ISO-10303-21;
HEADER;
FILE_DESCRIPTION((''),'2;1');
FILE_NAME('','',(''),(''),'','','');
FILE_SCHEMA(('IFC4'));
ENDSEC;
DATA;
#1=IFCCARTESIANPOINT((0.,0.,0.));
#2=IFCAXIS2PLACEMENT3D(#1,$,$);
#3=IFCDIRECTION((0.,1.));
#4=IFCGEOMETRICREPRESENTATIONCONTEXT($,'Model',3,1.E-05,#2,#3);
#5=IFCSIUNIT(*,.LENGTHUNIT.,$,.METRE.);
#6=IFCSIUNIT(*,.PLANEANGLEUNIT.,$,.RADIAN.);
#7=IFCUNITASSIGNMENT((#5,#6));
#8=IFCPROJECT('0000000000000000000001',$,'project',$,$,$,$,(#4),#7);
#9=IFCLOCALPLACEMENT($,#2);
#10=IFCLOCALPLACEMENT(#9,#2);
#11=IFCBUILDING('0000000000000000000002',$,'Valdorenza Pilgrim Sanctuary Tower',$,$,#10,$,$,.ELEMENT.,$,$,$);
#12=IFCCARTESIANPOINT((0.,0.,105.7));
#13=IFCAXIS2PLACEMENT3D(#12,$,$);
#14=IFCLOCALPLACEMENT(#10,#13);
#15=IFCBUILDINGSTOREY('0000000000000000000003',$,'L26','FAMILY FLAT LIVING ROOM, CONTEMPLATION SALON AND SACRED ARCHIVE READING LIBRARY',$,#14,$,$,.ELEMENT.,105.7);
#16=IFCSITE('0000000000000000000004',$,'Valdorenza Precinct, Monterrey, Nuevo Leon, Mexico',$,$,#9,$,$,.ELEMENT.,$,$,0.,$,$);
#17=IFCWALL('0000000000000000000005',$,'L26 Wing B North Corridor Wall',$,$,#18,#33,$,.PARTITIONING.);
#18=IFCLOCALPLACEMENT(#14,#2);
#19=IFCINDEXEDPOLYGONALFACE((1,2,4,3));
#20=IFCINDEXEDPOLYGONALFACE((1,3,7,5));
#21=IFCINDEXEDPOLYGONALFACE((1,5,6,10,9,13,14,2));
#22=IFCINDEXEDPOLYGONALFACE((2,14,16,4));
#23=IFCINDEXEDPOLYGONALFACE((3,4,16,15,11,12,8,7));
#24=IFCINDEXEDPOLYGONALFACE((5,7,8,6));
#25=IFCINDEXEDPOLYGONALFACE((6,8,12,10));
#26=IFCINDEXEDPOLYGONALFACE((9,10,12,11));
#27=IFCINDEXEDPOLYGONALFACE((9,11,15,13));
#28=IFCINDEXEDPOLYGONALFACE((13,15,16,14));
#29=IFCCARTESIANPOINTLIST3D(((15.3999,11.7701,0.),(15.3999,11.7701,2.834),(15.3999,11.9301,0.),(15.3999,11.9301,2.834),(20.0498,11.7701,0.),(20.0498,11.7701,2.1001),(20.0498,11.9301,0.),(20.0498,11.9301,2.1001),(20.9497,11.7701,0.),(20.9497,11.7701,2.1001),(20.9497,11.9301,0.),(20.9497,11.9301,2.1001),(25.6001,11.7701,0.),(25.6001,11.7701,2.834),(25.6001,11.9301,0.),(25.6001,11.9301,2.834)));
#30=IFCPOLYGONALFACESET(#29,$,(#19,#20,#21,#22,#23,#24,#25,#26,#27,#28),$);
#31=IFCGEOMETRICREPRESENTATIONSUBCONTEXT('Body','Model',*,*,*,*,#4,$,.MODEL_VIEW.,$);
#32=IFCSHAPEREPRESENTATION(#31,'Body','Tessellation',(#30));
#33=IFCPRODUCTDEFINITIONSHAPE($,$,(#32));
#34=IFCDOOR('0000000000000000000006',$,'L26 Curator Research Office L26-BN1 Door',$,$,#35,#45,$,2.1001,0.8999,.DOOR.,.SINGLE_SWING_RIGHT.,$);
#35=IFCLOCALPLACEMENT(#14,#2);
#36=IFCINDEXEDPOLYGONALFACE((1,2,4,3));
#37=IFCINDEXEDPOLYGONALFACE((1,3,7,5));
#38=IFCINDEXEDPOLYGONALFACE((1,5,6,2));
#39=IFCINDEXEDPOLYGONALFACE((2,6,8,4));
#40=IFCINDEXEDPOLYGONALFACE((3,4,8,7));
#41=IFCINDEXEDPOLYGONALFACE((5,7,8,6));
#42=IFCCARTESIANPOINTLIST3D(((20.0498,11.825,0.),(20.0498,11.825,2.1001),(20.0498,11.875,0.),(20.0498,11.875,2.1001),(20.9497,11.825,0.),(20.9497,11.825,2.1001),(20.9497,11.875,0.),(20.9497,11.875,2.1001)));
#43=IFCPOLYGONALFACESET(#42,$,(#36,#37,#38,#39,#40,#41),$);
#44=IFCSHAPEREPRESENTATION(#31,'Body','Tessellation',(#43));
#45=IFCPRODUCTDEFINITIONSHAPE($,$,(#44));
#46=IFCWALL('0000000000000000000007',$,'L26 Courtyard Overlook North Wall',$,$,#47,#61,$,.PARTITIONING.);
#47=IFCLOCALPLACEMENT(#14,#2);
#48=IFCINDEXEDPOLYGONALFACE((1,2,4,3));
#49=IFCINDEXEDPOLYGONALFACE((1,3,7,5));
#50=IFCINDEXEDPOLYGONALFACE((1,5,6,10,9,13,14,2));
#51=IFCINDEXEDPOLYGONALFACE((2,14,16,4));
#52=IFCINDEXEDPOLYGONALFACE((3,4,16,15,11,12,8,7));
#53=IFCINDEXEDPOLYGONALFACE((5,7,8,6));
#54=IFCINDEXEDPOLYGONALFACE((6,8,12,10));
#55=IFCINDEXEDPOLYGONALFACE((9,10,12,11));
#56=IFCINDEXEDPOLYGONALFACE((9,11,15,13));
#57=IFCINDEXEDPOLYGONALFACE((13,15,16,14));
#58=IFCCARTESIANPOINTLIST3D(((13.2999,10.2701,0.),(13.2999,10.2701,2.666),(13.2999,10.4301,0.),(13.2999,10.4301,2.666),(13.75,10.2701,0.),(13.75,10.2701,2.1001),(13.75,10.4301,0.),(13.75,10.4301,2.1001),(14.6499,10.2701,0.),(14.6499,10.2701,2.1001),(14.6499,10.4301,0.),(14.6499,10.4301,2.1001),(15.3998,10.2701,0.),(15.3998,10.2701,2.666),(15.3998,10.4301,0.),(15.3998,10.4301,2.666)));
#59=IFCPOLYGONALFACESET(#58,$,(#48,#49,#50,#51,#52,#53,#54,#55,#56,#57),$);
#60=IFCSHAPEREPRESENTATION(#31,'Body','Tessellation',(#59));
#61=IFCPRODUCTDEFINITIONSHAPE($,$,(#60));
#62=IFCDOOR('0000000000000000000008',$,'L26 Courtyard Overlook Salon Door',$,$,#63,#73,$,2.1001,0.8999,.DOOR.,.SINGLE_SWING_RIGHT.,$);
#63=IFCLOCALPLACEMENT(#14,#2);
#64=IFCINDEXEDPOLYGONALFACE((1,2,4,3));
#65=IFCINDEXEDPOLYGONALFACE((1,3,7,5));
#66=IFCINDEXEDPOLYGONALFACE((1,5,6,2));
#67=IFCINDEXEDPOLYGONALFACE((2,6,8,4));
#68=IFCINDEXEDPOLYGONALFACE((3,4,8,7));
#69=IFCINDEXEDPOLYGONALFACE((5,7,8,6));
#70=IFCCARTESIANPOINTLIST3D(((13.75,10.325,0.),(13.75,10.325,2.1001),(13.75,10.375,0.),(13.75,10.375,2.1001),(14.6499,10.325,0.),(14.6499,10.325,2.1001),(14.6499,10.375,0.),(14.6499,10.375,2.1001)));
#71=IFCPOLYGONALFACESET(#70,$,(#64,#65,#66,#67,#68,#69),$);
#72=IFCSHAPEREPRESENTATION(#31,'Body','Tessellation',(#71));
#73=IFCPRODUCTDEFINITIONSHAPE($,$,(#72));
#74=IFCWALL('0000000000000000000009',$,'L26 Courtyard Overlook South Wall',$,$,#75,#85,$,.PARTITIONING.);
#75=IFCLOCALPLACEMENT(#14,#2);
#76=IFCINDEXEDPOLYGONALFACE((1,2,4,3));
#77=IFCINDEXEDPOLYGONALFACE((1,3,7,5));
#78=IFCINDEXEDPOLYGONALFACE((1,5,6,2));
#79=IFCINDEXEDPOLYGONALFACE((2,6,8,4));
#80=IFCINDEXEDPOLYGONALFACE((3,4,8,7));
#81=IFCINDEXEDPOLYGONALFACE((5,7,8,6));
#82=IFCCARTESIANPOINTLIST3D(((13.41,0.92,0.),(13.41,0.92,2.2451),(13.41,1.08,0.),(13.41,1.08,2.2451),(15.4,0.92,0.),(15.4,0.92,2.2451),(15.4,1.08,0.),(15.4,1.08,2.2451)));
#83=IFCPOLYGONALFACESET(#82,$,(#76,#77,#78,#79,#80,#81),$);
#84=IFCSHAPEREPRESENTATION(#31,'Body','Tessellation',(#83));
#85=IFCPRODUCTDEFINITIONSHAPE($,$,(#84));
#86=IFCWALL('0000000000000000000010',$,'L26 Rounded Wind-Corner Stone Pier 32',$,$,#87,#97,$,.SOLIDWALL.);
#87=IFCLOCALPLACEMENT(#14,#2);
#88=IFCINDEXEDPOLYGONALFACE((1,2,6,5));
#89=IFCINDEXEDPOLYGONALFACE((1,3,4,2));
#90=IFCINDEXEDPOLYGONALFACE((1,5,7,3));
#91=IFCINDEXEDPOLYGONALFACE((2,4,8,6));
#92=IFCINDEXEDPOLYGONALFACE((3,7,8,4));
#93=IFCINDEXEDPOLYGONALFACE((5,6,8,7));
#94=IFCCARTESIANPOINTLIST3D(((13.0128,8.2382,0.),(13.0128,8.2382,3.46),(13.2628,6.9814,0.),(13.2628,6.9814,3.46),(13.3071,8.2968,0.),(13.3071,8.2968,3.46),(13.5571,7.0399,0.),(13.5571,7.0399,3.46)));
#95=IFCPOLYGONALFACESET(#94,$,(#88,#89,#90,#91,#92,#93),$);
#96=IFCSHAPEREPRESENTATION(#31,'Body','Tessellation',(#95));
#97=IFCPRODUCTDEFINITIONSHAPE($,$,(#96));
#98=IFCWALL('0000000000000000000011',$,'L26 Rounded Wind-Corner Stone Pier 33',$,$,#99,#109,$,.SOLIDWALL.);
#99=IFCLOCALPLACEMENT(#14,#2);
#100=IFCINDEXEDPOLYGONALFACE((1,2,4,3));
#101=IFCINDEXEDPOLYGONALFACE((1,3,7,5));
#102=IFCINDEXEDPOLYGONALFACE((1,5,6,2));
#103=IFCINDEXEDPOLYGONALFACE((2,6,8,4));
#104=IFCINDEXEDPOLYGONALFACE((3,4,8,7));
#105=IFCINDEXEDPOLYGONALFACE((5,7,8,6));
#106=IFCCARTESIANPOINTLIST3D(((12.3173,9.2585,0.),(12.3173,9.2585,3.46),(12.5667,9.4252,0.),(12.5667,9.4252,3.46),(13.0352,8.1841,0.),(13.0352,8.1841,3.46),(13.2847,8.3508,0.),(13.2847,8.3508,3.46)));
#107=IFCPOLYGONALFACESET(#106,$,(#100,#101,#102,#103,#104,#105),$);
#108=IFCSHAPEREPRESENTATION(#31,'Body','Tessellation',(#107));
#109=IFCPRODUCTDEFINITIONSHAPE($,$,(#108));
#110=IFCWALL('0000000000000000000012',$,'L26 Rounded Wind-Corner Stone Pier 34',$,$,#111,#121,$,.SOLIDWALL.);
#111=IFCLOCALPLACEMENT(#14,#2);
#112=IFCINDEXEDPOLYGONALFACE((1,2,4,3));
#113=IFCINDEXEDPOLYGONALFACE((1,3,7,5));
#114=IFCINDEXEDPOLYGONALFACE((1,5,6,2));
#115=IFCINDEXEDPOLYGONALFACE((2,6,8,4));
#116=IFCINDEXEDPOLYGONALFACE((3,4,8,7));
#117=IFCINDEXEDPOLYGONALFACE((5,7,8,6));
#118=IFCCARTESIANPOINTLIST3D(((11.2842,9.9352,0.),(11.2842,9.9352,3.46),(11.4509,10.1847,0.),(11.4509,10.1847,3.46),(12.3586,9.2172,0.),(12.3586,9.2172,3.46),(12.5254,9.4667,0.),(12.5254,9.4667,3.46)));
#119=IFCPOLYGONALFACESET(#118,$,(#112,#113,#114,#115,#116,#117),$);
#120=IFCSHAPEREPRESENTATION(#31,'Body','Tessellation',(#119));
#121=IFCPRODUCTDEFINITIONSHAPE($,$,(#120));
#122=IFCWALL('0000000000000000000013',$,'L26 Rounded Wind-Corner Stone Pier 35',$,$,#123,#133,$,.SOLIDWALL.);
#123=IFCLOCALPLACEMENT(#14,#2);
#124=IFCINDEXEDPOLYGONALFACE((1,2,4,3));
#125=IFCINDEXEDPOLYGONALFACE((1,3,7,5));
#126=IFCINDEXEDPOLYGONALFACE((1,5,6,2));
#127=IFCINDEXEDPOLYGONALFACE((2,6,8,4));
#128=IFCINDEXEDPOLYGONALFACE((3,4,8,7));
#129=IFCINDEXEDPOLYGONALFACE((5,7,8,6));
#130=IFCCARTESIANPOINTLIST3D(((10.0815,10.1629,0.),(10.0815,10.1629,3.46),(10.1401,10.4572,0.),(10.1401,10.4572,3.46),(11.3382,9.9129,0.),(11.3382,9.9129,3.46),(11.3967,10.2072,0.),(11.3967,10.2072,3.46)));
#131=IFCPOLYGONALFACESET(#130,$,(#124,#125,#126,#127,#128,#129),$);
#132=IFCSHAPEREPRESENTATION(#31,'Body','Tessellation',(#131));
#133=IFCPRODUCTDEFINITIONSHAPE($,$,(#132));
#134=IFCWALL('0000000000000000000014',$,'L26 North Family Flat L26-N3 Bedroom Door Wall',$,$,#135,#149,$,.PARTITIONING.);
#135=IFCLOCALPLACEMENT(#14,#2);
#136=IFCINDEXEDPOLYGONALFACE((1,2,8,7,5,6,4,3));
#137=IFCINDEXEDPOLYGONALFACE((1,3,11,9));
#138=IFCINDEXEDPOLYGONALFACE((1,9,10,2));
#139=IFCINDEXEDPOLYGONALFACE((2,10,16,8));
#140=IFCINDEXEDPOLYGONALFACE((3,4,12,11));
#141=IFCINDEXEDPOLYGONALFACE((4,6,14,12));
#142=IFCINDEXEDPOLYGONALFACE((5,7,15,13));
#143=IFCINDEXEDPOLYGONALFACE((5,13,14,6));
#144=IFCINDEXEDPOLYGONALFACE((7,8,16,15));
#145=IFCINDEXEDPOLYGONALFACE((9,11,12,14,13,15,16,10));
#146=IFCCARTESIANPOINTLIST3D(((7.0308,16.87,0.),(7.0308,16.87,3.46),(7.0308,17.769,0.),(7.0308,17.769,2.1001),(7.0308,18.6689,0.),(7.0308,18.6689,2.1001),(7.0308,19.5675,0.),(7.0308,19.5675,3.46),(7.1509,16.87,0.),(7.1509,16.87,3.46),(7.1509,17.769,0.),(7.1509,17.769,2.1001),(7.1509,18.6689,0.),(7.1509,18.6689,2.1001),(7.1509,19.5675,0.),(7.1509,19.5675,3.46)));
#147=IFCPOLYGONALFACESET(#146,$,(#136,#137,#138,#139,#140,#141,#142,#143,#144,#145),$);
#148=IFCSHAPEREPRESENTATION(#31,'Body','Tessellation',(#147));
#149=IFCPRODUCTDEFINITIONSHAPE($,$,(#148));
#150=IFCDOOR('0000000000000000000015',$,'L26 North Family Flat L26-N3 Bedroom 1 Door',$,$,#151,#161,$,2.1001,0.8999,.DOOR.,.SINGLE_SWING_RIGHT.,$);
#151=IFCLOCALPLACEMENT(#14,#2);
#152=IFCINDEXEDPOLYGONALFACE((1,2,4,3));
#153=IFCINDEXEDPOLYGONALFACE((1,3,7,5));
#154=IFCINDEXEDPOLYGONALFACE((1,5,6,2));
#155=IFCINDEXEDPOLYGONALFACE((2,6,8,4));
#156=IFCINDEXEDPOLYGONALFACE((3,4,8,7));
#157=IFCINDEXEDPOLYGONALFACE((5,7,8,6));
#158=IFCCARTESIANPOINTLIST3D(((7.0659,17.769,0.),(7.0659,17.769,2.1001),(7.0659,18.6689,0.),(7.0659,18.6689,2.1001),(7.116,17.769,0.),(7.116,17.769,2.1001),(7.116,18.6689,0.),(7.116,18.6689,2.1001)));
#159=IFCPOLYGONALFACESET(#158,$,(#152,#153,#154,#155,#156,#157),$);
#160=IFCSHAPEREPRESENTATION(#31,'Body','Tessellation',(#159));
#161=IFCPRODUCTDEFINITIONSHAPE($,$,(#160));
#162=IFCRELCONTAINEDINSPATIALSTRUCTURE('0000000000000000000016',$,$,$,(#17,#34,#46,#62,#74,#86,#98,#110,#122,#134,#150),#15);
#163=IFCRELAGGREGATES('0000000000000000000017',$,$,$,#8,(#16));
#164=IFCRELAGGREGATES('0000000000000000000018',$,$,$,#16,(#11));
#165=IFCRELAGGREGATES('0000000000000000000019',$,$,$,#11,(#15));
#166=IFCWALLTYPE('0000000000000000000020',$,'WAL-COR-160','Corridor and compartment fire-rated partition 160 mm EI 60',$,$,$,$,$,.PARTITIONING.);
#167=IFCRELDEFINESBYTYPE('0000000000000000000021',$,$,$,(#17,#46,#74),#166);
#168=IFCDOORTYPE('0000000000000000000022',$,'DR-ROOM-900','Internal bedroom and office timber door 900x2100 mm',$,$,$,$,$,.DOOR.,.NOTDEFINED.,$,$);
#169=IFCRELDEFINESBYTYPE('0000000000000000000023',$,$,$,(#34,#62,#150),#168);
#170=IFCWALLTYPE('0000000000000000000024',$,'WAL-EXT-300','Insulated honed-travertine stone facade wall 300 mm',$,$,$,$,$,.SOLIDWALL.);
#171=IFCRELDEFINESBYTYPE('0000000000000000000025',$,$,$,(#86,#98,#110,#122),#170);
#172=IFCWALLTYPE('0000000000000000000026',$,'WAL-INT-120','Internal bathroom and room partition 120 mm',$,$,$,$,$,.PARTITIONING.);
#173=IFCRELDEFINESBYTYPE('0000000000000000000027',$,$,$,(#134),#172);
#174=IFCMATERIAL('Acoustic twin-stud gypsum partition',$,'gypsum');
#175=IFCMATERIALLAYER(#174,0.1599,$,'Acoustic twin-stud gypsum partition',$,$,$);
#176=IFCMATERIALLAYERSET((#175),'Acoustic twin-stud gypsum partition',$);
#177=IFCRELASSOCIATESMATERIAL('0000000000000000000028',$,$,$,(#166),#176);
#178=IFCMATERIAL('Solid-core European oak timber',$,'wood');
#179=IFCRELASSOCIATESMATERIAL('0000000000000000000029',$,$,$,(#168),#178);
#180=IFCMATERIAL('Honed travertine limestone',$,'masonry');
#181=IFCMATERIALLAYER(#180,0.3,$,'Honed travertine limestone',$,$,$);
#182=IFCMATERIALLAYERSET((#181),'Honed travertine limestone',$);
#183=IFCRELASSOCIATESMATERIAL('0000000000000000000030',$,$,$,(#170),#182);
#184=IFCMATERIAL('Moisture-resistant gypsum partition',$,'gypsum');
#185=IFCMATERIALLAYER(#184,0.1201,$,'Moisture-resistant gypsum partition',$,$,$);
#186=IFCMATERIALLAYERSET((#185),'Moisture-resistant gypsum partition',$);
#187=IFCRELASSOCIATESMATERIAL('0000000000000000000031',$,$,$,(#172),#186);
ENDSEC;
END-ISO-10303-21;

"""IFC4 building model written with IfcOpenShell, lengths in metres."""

from ifc_helpers import new_model, si_unit, direction, frame, frame_2d, origin, place, context, subcontext, project, spatial, rectangle, extrude, material, layer, layer_set, type_object, element, fill, save


model = new_model("IFC4")

# Units and contexts
model_context = context("Model", 3, precision=1e-05, world=origin(), true_north=direction((0.0, 1.0)))
body_context = subcontext(model_context, "Body", "Model", "MODEL_VIEW")
ifc_project = project(units=[si_unit("LENGTHUNIT", "METRE"), si_unit("PLANEANGLEUNIT", "RADIAN")], contexts=[model_context])

# Site, building, storey
site_placement = place(None, origin())
site = spatial("IfcSite", under=ifc_project, at=site_placement, Name="Valdorenza Precinct, Monterrey, Nuevo Leon, Mexico", CompositionType="ELEMENT", RefElevation=0.0)
building_placement = place(site_placement, origin())
building = spatial("IfcBuilding", under=site, at=building_placement, Name="Valdorenza Pilgrim Sanctuary Tower", CompositionType="ELEMENT")
storey_placement = place(building_placement, frame((0.0, 0.0, 105.7)))
storey = spatial("IfcBuildingStorey", under=building, at=storey_placement, Name="L26", Description="FAMILY FLAT LIVING ROOM, CONTEMPLATION SALON AND SACRED ARCHIVE READING LIBRARY", CompositionType="ELEMENT", Elevation=105.7)

# Shared definitions
ifc_material_1 = material(Name="Honed travertine limestone", Category="masonry")

# Shared definitions
ifc_material_2 = material(Name="Acoustic twin-stud gypsum partition", Category="gypsum")
ifc_layer_1 = layer(ifc_material_2, 0.1599, Name="Acoustic twin-stud gypsum partition")
ifc_layer_set_1 = layer_set([ifc_layer_1], Name="Acoustic twin-stud gypsum partition")
wall_type_1 = type_object("IfcWallType", Name="WAL-COR-160", Description="Corridor and compartment fire-rated partition 160 mm EI 60", PredefinedType="PARTITIONING", material=ifc_layer_set_1)

# Walls, openings, doors
wall_1_placement = place(storey_placement, frame((15.3999, 11.8501, 0.0), z_axis=(0.0, 0.0, 1.0), x_axis=(1.0, 0.0, 0.0)))
wall_1 = element("IfcWall", 1, at=wall_1_placement, inside=storey, type_object=wall_type_1, Name="L26 Wing B North Corridor Wall", PredefinedType="PARTITIONING", context=body_context, shape_type="SweptSolid", body=[
    extrude(rectangle(XDim=10.2002, YDim=0.1599, at=frame_2d((5.1001, 0.0))), origin(), (0.0, 0.0, 1.0), 2.834),
])
opening_1_placement = place(wall_1_placement, frame((4.6499, 0.0, 0.0)))
opening_1 = element("IfcOpeningElement", 2, at=opening_1_placement, cuts=wall_1, PredefinedType="OPENING", context=body_context, shape_type="SweptSolid", body=[
    extrude(rectangle(XDim=0.8999, YDim=2.1001, at=frame_2d((0.45, 1.05))), frame((0.0, 0.0947, 0.0), z_axis=(0.0, -1.0, 0.0), x_axis=(1.0, 0.0, 0.0)), (0.0, 0.0, 1.0), 0.1897),
])
ifc_material_3 = material(Name="Solid-core European oak timber", Category="wood")
door_type = type_object("IfcDoorType", Name="DR-ROOM-900", Description="Internal bedroom and office timber door 900x2100 mm", OperationType="NOTDEFINED", PredefinedType="DOOR", material=ifc_material_3)
door_1_placement = place(opening_1_placement, origin())
door_1 = element("IfcDoor", 3, at=door_1_placement, inside=storey, type_object=door_type, Name="L26 Curator Research Office L26-BN1 Door", OperationType="SINGLE_SWING_RIGHT", OverallHeight=2.1001, OverallWidth=0.8999, PredefinedType="DOOR", context=body_context, shape_type="SweptSolid", body=[
    extrude(rectangle(XDim=0.8999, YDim=2.1001, at=frame_2d((0.45, 1.05))), frame((0.0, 0.0249, 0.0), z_axis=(0.0, -1.0, 0.0), x_axis=(1.0, 0.0, 0.0)), (0.0, 0.0, 1.0), 0.05),
])
fill(opening_1, door_1)
wall_2_placement = place(storey_placement, frame((13.3, 10.3501, 0.0), z_axis=(0.0, 0.0, 1.0), x_axis=(1.0, 0.0, 0.0)))
wall_2 = element("IfcWall", 4, at=wall_2_placement, inside=storey, type_object=wall_type_1, Name="L26 Courtyard Overlook North Wall", PredefinedType="PARTITIONING", context=body_context, shape_type="SweptSolid", body=[
    extrude(rectangle(XDim=2.0999, YDim=0.1599, at=frame_2d((1.0498, 0.0))), origin(), (0.0, 0.0, 1.0), 2.666),
])
opening_2_placement = place(wall_2_placement, frame((0.45, 0.0, 0.0)))
opening_2 = element("IfcOpeningElement", 5, at=opening_2_placement, cuts=wall_2, PredefinedType="OPENING", context=body_context, shape_type="SweptSolid", body=[
    extrude(rectangle(XDim=0.8999, YDim=2.1001, at=frame_2d((0.45, 1.05))), frame((0.0, 0.0947, 0.0), z_axis=(0.0, -1.0, 0.0), x_axis=(1.0, 0.0, 0.0)), (0.0, 0.0, 1.0), 0.1897),
])
door_2_placement = place(opening_2_placement, origin())
door_2 = element("IfcDoor", 6, at=door_2_placement, inside=storey, type_object=door_type, Name="L26 Courtyard Overlook Salon Door", OperationType="SINGLE_SWING_RIGHT", OverallHeight=2.1001, OverallWidth=0.8999, PredefinedType="DOOR", context=body_context, shape_type="SweptSolid", body=[
    extrude(rectangle(XDim=0.8999, YDim=2.1001, at=frame_2d((0.45, 1.05))), frame((0.0, 0.0249, 0.0), z_axis=(0.0, -1.0, 0.0), x_axis=(1.0, 0.0, 0.0)), (0.0, 0.0, 1.0), 0.05),
])
fill(opening_2, door_2)

# Walls
wall_3_placement = place(storey_placement, frame((13.4099, 1.0, 0.0), z_axis=(0.0, 0.0, 1.0), x_axis=(1.0, 0.0, 0.0)))
element("IfcWall", 7, at=wall_3_placement, inside=storey, type_object=wall_type_1, Name="L26 Courtyard Overlook South Wall", PredefinedType="PARTITIONING", context=body_context, shape_type="SweptSolid", body=[
    extrude(rectangle(XDim=1.99, YDim=0.1599, at=frame_2d((0.9951, 0.0))), origin(), (0.0, 0.0, 1.0), 2.2451),
])
ifc_layer_2 = layer(ifc_material_1, 0.3, Name="Honed travertine limestone")
ifc_layer_set_2 = layer_set([ifc_layer_2], Name="Honed travertine limestone")
wall_type_2 = type_object("IfcWallType", Name="WAL-EXT-300", Description="Insulated honed-travertine stone facade wall 300 mm", PredefinedType="SOLIDWALL", material=ifc_layer_set_2)
wall_4_placement = place(storey_placement, frame((13.4099, 7.0107, 0.0), z_axis=(0.0, 0.0, 1.0), x_axis=(-0.19509, 0.980785, 0.0)))
element("IfcWall", 8, at=wall_4_placement, inside=storey, type_object=wall_type_2, Name="L26 Rounded Wind-Corner Stone Pier 32", PredefinedType="SOLIDWALL", context=body_context, shape_type="SweptSolid", body=[
    extrude(rectangle(XDim=1.2815, YDim=0.3, at=frame_2d((0.6406, 0.0))), origin(), (0.0, 0.0, 1.0), 3.46),
])
for number, where, z_axis, x_axis, name in (
    (9, (13.1599, 8.2676, 0.0), (0.0, 0.0, 1.0), (-0.555615, 0.831439, 0.0), "L26 Rounded Wind-Corner Stone Pier 33"),
    (10, (12.4419, 9.342, 0.0), (0.0, 0.0, 1.0), (-0.831439, 0.555615, 0.0), "L26 Rounded Wind-Corner Stone Pier 34"),
):
    element("IfcWall", number, at=place(storey_placement, frame(where, z_axis=z_axis, x_axis=x_axis)), inside=storey, type_object=wall_type_2, Name=name, PredefinedType="SOLIDWALL", context=body_context, shape_type="SweptSolid", body=[
        extrude(rectangle(XDim=1.2922, YDim=0.3, at=frame_2d((0.646, 0.0))), origin(), (0.0, 0.0, 1.0), 3.46),
    ])
wall_5_placement = place(storey_placement, frame((11.3674, 10.0601, 0.0), z_axis=(0.0, 0.0, 1.0), x_axis=(-0.980778, 0.195127, 0.0)))
element("IfcWall", 11, at=wall_5_placement, inside=storey, type_object=wall_type_2, Name="L26 Rounded Wind-Corner Stone Pier 35", PredefinedType="SOLIDWALL", context=body_context, shape_type="SweptSolid", body=[
    extrude(rectangle(XDim=1.2812, YDim=0.3, at=frame_2d((0.6406, 0.0))), origin(), (0.0, 0.0, 1.0), 3.46),
])

# Wall, opening, door
ifc_material_4 = material(Name="Moisture-resistant gypsum partition", Category="gypsum")
ifc_layer_3 = layer(ifc_material_4, 0.1201, Name="Moisture-resistant gypsum partition")
ifc_layer_set_3 = layer_set([ifc_layer_3], Name="Moisture-resistant gypsum partition")
wall_type_3 = type_object("IfcWallType", Name="WAL-INT-120", Description="Internal bathroom and room partition 120 mm", PredefinedType="PARTITIONING", material=ifc_layer_set_3)
wall_6_placement = place(storey_placement, frame((7.0908, 16.8701, 0.0), z_axis=(0.0, 0.0, 1.0), x_axis=(0.0, 1.0, 0.0)))
wall_6 = element("IfcWall", 12, at=wall_6_placement, inside=storey, type_object=wall_type_3, Name="L26 North Family Flat L26-N3 Bedroom Door Wall", PredefinedType="PARTITIONING", context=body_context, shape_type="SweptSolid", body=[
    extrude(rectangle(XDim=2.6975, YDim=0.1201, at=frame_2d((1.3486, 0.0))), origin(), (0.0, 0.0, 1.0), 3.46),
])
opening_3_placement = place(wall_6_placement, frame((0.8989, 0.0, 0.0)))
opening_3 = element("IfcOpeningElement", 13, at=opening_3_placement, cuts=wall_6, PredefinedType="OPENING", context=body_context, shape_type="SweptSolid", body=[
    extrude(rectangle(XDim=0.8999, YDim=2.1001, at=frame_2d((0.45, 1.05))), frame((0.0, 0.075, 0.0), z_axis=(0.0, -1.0, 0.0), x_axis=(1.0, 0.0, 0.0)), (0.0, 0.0, 1.0), 0.1499),
])
door_3_placement = place(opening_3_placement, origin())
door_3 = element("IfcDoor", 14, at=door_3_placement, inside=storey, type_object=door_type, Name="L26 North Family Flat L26-N3 Bedroom 1 Door", OperationType="SINGLE_SWING_RIGHT", OverallHeight=2.1001, OverallWidth=0.8999, PredefinedType="DOOR", context=body_context, shape_type="SweptSolid", body=[
    extrude(rectangle(XDim=0.8999, YDim=2.1001, at=frame_2d((0.45, 1.05))), frame((0.0, 0.0249, 0.0), z_axis=(0.0, -1.0, 0.0), x_axis=(1.0, 0.0, 0.0)), (0.0, 0.0, 1.0), 0.05),
])
fill(opening_3, door_3)

save(model, "model.ifc")
